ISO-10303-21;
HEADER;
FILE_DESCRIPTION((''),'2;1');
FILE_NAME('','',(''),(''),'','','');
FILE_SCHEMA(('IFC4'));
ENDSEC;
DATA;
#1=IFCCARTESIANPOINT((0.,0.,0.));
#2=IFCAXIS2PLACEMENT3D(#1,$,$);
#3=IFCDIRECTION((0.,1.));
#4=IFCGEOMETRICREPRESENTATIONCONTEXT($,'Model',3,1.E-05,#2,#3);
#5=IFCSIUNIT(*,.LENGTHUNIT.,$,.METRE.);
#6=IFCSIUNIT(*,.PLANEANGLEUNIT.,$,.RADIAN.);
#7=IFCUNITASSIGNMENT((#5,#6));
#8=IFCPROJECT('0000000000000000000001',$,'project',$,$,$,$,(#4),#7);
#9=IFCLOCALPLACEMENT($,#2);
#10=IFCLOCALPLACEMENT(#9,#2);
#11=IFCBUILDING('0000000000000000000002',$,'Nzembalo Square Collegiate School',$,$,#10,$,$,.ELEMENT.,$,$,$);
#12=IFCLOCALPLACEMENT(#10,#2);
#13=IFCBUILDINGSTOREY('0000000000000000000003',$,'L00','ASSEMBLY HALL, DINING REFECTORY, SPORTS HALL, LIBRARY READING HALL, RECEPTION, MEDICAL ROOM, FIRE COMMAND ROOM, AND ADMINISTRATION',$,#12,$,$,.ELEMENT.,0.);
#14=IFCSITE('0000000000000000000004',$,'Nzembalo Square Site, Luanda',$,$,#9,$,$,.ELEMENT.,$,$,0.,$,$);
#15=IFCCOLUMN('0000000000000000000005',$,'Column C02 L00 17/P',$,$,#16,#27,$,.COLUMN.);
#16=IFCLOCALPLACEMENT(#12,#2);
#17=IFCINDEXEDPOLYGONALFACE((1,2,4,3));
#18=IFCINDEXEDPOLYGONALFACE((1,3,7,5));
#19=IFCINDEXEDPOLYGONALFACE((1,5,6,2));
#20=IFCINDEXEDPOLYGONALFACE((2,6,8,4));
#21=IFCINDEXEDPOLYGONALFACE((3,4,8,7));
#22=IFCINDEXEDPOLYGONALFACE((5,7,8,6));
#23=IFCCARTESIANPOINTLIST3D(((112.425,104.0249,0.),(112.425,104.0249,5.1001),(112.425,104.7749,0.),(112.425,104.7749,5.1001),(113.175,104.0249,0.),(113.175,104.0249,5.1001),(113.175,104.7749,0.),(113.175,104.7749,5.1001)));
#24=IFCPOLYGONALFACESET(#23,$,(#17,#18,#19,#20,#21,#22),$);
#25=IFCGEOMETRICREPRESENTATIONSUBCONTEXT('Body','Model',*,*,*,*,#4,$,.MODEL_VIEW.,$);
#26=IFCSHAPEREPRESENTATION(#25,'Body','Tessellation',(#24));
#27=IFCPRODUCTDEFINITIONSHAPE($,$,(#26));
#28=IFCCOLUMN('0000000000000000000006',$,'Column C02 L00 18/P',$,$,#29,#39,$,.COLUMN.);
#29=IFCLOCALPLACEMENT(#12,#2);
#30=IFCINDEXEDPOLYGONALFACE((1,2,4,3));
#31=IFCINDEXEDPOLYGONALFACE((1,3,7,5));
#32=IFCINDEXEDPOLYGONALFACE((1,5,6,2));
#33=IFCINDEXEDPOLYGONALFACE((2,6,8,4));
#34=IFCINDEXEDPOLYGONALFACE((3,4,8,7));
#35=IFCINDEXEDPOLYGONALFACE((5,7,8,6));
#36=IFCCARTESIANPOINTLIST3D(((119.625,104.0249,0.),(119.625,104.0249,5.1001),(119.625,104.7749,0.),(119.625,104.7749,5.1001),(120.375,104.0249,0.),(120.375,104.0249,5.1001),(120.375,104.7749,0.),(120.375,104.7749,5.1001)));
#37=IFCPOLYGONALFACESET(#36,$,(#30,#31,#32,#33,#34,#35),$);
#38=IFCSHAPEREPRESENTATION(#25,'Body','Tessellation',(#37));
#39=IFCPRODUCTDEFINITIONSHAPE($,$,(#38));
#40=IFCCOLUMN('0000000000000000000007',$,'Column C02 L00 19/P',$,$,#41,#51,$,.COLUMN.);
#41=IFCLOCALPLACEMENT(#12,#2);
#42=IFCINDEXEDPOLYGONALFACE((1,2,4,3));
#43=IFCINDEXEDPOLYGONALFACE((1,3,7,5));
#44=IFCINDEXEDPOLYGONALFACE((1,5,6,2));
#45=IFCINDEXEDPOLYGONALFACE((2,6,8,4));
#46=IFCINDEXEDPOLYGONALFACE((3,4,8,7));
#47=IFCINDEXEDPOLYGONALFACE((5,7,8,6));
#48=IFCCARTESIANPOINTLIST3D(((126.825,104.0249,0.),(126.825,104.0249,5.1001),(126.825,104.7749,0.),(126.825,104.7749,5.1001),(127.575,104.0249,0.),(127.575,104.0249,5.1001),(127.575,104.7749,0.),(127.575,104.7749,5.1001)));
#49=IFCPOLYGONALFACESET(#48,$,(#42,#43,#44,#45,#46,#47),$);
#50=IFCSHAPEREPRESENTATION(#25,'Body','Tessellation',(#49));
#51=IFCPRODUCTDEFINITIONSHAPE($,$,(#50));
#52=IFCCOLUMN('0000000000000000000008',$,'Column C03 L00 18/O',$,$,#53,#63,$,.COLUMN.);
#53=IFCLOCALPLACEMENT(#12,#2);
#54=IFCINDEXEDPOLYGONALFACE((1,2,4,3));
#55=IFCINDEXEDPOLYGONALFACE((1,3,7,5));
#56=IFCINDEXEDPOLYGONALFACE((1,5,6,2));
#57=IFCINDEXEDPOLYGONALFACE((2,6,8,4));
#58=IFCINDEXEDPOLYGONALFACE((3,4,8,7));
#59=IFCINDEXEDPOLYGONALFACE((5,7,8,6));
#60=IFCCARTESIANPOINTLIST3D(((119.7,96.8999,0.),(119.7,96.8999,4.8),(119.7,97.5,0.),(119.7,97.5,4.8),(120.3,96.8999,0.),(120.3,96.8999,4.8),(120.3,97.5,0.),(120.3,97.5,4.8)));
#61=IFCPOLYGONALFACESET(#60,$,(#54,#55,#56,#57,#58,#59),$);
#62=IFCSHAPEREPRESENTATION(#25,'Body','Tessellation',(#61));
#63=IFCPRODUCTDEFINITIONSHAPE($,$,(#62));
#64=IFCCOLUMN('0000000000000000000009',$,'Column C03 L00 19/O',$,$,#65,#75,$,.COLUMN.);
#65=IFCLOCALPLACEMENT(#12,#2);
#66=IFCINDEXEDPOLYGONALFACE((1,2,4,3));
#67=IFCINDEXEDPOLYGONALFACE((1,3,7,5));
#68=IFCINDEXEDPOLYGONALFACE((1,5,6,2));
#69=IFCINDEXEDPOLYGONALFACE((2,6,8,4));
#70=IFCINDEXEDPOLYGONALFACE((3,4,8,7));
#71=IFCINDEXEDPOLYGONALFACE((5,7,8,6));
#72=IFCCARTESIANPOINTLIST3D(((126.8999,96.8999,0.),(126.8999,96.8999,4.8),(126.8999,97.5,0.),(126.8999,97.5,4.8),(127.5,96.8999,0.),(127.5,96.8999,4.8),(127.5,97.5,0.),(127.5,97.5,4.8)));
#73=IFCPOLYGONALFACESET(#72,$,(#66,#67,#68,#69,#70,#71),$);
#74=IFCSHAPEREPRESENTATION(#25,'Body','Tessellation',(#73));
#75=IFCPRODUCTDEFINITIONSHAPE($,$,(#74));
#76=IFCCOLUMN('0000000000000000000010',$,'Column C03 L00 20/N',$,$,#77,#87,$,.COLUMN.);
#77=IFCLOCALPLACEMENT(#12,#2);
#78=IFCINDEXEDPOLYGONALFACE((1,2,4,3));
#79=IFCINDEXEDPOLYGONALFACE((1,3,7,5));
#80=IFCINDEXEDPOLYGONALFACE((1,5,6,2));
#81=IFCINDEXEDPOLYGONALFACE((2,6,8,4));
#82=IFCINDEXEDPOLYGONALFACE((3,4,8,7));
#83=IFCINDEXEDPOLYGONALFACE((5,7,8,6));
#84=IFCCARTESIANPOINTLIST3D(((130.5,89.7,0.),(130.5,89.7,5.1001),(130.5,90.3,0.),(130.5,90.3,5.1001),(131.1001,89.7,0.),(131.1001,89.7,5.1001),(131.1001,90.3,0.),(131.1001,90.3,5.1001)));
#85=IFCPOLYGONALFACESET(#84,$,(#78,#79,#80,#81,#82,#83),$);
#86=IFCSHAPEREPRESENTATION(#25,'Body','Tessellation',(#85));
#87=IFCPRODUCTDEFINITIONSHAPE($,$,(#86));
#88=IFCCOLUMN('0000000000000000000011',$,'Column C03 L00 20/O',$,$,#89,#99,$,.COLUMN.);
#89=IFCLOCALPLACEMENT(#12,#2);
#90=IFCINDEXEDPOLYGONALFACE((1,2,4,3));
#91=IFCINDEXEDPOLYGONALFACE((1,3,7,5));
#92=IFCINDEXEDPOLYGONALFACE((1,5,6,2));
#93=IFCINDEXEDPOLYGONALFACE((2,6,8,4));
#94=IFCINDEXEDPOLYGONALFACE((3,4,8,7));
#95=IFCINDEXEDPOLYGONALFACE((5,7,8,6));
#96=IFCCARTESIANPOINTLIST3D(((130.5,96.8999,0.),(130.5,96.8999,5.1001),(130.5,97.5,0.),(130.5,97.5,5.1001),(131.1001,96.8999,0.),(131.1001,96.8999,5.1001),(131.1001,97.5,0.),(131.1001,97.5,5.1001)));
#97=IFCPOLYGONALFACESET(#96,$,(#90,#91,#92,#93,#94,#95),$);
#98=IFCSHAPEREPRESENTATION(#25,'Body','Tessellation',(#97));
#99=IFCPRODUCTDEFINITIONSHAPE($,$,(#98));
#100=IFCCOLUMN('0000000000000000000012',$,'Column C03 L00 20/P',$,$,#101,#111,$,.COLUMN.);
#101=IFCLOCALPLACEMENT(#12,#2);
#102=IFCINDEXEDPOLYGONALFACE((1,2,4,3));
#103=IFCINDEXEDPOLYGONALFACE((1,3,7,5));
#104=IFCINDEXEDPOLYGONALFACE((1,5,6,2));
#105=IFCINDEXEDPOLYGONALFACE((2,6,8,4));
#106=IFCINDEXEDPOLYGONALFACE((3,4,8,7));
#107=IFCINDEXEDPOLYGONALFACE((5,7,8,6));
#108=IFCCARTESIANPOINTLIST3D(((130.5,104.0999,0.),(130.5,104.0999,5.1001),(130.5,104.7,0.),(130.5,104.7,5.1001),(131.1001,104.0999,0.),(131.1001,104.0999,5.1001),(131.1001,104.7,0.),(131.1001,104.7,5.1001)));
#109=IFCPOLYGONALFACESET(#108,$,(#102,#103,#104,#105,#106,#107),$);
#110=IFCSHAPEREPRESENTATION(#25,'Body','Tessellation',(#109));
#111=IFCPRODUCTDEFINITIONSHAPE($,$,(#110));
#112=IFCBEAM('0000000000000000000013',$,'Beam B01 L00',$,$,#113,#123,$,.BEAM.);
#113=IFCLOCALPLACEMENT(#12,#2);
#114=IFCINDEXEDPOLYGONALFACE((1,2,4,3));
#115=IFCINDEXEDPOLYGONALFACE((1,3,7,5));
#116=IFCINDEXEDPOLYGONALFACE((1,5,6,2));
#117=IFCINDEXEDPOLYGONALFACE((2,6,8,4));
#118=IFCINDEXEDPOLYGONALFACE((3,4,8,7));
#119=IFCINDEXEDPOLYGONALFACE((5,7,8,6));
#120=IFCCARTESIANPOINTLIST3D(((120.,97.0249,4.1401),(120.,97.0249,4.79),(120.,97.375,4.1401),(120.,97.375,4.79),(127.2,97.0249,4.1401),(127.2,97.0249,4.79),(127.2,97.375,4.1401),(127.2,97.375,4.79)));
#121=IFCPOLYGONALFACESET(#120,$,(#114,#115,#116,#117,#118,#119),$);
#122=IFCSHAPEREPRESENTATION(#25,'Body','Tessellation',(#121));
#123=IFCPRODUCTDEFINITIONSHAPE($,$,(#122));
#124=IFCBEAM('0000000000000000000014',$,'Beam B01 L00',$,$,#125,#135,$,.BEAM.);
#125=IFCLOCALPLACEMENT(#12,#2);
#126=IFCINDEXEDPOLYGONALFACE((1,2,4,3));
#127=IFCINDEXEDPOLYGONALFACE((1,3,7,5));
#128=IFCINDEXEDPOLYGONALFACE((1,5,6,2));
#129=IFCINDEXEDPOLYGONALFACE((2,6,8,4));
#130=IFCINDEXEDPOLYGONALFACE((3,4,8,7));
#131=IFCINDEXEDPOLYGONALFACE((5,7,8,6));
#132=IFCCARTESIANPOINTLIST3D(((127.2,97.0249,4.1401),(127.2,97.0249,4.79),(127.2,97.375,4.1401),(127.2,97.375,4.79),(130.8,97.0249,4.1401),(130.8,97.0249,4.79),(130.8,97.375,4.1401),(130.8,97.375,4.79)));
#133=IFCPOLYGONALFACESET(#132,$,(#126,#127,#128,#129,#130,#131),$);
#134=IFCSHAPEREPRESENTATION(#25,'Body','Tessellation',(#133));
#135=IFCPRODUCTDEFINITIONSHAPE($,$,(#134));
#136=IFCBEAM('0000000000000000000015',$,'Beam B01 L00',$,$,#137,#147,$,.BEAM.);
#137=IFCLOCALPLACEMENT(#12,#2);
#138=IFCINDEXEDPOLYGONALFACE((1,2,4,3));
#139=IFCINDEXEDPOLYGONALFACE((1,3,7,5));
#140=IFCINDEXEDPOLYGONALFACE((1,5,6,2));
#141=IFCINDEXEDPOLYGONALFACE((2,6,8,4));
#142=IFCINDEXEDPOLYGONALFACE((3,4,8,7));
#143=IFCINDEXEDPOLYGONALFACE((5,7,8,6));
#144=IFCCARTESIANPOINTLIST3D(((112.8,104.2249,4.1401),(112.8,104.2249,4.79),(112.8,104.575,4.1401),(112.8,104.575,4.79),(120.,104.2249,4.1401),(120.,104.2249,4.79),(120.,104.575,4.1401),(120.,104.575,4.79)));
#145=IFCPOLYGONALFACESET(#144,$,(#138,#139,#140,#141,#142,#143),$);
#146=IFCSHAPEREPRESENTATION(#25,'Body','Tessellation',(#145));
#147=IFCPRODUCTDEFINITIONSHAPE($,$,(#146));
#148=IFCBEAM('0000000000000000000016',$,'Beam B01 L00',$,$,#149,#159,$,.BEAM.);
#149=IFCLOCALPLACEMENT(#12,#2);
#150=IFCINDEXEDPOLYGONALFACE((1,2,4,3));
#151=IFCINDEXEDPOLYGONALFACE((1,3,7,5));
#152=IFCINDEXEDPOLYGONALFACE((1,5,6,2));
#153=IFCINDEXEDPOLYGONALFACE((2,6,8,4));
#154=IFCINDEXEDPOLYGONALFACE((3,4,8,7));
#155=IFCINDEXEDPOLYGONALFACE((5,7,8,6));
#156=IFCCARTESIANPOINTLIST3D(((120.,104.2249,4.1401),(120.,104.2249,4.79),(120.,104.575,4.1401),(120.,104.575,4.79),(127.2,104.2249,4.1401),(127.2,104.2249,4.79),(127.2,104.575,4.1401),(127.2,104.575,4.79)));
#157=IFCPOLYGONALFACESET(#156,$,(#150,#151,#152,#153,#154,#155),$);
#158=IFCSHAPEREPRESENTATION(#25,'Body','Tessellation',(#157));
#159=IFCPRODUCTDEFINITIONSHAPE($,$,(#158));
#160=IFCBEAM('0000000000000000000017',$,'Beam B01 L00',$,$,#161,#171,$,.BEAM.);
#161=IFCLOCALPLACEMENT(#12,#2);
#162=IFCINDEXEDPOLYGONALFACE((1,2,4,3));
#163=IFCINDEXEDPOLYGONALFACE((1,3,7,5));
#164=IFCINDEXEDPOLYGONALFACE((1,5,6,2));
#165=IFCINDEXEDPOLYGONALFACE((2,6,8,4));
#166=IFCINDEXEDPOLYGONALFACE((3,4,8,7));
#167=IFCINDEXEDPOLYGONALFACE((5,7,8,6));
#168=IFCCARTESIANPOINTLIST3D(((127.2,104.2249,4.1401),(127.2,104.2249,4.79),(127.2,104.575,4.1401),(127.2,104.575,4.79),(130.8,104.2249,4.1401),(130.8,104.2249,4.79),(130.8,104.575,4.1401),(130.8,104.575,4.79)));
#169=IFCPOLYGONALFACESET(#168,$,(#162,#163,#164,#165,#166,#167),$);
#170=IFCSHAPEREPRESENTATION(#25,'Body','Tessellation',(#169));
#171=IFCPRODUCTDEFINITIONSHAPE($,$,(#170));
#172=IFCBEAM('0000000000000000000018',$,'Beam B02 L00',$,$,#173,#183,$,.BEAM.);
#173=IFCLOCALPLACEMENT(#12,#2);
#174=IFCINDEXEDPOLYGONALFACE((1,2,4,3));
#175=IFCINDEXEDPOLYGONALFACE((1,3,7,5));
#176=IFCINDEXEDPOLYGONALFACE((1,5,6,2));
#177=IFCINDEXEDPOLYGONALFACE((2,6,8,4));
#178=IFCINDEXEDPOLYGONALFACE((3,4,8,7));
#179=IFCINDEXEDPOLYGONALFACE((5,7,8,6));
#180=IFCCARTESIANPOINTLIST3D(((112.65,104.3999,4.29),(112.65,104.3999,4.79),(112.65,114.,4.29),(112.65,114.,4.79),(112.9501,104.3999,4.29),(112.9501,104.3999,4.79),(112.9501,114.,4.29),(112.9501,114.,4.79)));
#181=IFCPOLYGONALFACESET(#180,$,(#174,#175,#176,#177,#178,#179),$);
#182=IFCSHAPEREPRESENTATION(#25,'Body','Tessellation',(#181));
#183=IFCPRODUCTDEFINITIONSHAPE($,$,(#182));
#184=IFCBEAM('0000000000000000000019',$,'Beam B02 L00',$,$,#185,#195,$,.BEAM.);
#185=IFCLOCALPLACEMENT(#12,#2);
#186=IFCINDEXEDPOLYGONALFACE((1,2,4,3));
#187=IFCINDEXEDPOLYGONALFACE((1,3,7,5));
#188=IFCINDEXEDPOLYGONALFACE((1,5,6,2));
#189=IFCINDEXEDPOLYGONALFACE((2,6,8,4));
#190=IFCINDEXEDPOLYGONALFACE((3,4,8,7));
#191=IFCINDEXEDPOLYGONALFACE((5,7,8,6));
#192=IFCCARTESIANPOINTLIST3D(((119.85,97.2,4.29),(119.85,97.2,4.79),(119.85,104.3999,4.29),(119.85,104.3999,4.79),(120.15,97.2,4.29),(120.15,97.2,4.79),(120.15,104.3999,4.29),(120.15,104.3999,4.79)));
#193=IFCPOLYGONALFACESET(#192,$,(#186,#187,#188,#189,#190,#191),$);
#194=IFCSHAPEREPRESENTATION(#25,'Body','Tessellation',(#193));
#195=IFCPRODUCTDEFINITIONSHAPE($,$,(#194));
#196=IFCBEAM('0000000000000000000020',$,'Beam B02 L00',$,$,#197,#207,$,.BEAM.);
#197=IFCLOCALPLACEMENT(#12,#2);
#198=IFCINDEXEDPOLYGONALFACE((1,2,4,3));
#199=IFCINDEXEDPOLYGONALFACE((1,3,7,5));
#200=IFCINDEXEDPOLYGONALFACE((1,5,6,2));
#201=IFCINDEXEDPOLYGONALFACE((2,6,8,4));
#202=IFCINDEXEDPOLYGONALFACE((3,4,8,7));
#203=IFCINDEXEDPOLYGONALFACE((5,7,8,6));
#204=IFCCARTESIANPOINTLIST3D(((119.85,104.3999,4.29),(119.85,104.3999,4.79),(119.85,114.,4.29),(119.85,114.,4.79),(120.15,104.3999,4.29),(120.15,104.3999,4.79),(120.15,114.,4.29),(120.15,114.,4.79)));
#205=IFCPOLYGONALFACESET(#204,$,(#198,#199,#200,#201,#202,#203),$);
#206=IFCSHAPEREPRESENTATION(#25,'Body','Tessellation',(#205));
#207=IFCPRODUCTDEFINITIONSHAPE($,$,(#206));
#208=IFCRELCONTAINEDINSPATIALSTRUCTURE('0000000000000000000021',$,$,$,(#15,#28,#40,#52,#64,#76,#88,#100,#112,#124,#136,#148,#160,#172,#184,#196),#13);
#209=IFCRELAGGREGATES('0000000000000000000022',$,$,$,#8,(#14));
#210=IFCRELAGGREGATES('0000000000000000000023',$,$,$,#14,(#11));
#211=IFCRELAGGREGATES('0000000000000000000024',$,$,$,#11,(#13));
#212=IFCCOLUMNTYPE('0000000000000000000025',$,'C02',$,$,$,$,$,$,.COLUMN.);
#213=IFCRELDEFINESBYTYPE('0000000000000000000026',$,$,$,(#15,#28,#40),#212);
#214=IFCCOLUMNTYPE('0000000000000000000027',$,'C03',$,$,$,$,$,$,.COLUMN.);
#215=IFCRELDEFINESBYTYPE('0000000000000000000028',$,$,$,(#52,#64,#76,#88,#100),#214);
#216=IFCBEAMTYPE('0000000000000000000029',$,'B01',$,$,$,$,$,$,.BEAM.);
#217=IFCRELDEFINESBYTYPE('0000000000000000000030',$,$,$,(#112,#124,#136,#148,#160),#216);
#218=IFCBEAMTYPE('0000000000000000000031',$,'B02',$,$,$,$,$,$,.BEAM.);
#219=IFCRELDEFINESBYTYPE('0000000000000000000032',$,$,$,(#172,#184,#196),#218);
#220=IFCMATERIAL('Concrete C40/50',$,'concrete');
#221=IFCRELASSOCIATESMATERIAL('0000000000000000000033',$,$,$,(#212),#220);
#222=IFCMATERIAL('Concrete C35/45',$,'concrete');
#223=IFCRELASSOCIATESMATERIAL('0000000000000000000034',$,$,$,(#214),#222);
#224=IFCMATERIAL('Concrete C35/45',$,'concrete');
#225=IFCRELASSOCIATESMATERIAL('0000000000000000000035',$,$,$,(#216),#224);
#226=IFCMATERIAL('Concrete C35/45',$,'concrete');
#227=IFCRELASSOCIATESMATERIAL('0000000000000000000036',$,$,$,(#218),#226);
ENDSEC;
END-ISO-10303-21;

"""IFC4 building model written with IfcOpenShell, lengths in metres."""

from ifc_helpers import new_model, si_unit, direction, frame, origin, origin_2d, place, context, subcontext, project, spatial, rectangle, extrude, material, material_profile, profile_set, type_object, element, save


model = new_model("IFC4")

# Units and contexts
model_context = context("Model", 3, precision=1e-05, world=origin(), true_north=direction((0.0, 1.0)))
body_context = subcontext(model_context, "Body", "Model", "MODEL_VIEW")
ifc_project = project(units=[si_unit("LENGTHUNIT", "METRE"), si_unit("PLANEANGLEUNIT", "RADIAN")], contexts=[model_context])

# Site, building, storey
site_placement = place(None, origin())
site = spatial("IfcSite", under=ifc_project, at=site_placement, Name="Nzembalo Square Site, Luanda", CompositionType="ELEMENT", RefElevation=0.0)
building_placement = place(site_placement, origin())
building = spatial("IfcBuilding", under=site, at=building_placement, Name="Nzembalo Square Collegiate School", CompositionType="ELEMENT")
storey_placement = place(building_placement, origin())
storey = spatial("IfcBuildingStorey", under=building, at=storey_placement, Name="L00", Description="ASSEMBLY HALL, DINING REFECTORY, SPORTS HALL, LIBRARY READING HALL, RECEPTION, MEDICAL ROOM, FIRE COMMAND ROOM, AND ADMINISTRATION", CompositionType="ELEMENT", Elevation=0.0)

# Columns
ifc_material_1 = material(Name="Concrete C40/50", Category="concrete")
ifc_material_profile_1 = material_profile(ifc_material_1, rectangle(XDim=0.75, YDim=0.75, at=origin_2d()), Name="RC 750x750")
ifc_profile_set_1 = profile_set([ifc_material_profile_1], Name="Concrete C40/50")
column_type_1 = type_object("IfcColumnType", Name="C02", PredefinedType="COLUMN", material=ifc_profile_set_1)
for number, where, z_axis, x_axis, name in (
    (1, (112.8, 104.3999, 0.0), (0.0, 0.0, 1.0), (1.0, 0.0, 0.0), "Column C02 L00 17/P"),
    (2, (120.0, 104.3999, 0.0), (0.0, 0.0, 1.0), (1.0, 0.0, 0.0), "Column C02 L00 18/P"),
    (3, (127.2, 104.3999, 0.0), (0.0, 0.0, 1.0), (1.0, 0.0, 0.0), "Column C02 L00 19/P"),
):
    element("IfcColumn", number, at=place(storey_placement, frame(where, z_axis=z_axis, x_axis=x_axis)), inside=storey, type_object=column_type_1, Name=name, PredefinedType="COLUMN", context=body_context, shape_type="SweptSolid", body=[
        extrude(rectangle(XDim=0.75, YDim=0.75, at=origin_2d()), origin(), (0.0, 0.0, 1.0), 5.1001),
    ])
ifc_material_2 = material(Name="Concrete C35/45", Category="concrete")
ifc_material_profile_2 = material_profile(ifc_material_2, rectangle(XDim=0.6001, YDim=0.6001, at=origin_2d()), Name="RC 600x600")
ifc_profile_set_2 = profile_set([ifc_material_profile_2], Name="Concrete C35/45")
column_type_2 = type_object("IfcColumnType", Name="C03", PredefinedType="COLUMN", material=ifc_profile_set_2)
for number, where, z_axis, x_axis, name in (
    (4, (120.0, 97.2, 0.0), (0.0, 0.0, 1.0), (1.0, 0.0, 0.0), "Column C03 L00 18/O"),
    (5, (127.2, 97.2, 0.0), (0.0, 0.0, 1.0), (1.0, 0.0, 0.0), "Column C03 L00 19/O"),
):
    element("IfcColumn", number, at=place(storey_placement, frame(where, z_axis=z_axis, x_axis=x_axis)), inside=storey, type_object=column_type_2, Name=name, PredefinedType="COLUMN", context=body_context, shape_type="SweptSolid", body=[
        extrude(rectangle(XDim=0.6001, YDim=0.6001, at=origin_2d()), origin(), (0.0, 0.0, 1.0), 4.8),
    ])
for number, where, z_axis, x_axis, name in (
    (6, (130.8, 90.0, 0.0), (0.0, 0.0, 1.0), (1.0, 0.0, 0.0), "Column C03 L00 20/N"),
    (7, (130.8, 97.2, 0.0), (0.0, 0.0, 1.0), (1.0, 0.0, 0.0), "Column C03 L00 20/O"),
    (8, (130.8, 104.3999, 0.0), (0.0, 0.0, 1.0), (1.0, 0.0, 0.0), "Column C03 L00 20/P"),
):
    element("IfcColumn", number, at=place(storey_placement, frame(where, z_axis=z_axis, x_axis=x_axis)), inside=storey, type_object=column_type_2, Name=name, PredefinedType="COLUMN", context=body_context, shape_type="SweptSolid", body=[
        extrude(rectangle(XDim=0.6001, YDim=0.6001, at=origin_2d()), origin(), (0.0, 0.0, 1.0), 5.1001),
    ])

# Beams
ifc_material_3 = material(Name="Concrete C35/45", Category="concrete")
ifc_material_profile_3 = material_profile(ifc_material_3, rectangle(XDim=0.3501, YDim=0.6499, at=origin_2d()), Name="RC 350x650")
ifc_profile_set_3 = profile_set([ifc_material_profile_3], Name="Concrete C35/45")
beam_type_1 = type_object("IfcBeamType", Name="B01", PredefinedType="BEAM", material=ifc_profile_set_3)
beam_1_placement = place(storey_placement, frame((120.0, 97.2, 4.4651), z_axis=(1.0, 0.0, 0.0), x_axis=(0.0, 1.0, 0.0)))
element("IfcBeam", 9, at=beam_1_placement, inside=storey, type_object=beam_type_1, Name="Beam B01 L00", PredefinedType="BEAM", context=body_context, shape_type="SweptSolid", body=[
    extrude(rectangle(XDim=0.3501, YDim=0.6499, at=origin_2d()), origin(), (0.0, 0.0, 1.0), 7.2),
])
beam_2_placement = place(storey_placement, frame((127.2, 97.2, 4.4651), z_axis=(1.0, 0.0, 0.0), x_axis=(0.0, 1.0, 0.0)))
element("IfcBeam", 10, at=beam_2_placement, inside=storey, type_object=beam_type_1, Name="Beam B01 L00", PredefinedType="BEAM", context=body_context, shape_type="SweptSolid", body=[
    extrude(rectangle(XDim=0.3501, YDim=0.6499, at=origin_2d()), origin(), (0.0, 0.0, 1.0), 3.6001),
])
for number, where, z_axis, x_axis, name in (
    (11, (112.8, 104.3999, 4.4651), (1.0, 0.0, 0.0), (0.0, 1.0, 0.0), "Beam B01 L00"),
    (12, (120.0, 104.3999, 4.4651), (1.0, 0.0, 0.0), (0.0, 1.0, 0.0), "Beam B01 L00"),
):
    element("IfcBeam", number, at=place(storey_placement, frame(where, z_axis=z_axis, x_axis=x_axis)), inside=storey, type_object=beam_type_1, Name=name, PredefinedType="BEAM", context=body_context, shape_type="SweptSolid", body=[
        extrude(rectangle(XDim=0.3501, YDim=0.6499, at=origin_2d()), origin(), (0.0, 0.0, 1.0), 7.2),
    ])
beam_3_placement = place(storey_placement, frame((127.2, 104.3999, 4.4651), z_axis=(1.0, 0.0, 0.0), x_axis=(0.0, 1.0, 0.0)))
element("IfcBeam", 13, at=beam_3_placement, inside=storey, type_object=beam_type_1, Name="Beam B01 L00", PredefinedType="BEAM", context=body_context, shape_type="SweptSolid", body=[
    extrude(rectangle(XDim=0.3501, YDim=0.6499, at=origin_2d()), origin(), (0.0, 0.0, 1.0), 3.6001),
])
ifc_material_4 = material(Name="Concrete C35/45", Category="concrete")
ifc_material_profile_4 = material_profile(ifc_material_4, rectangle(XDim=0.3, YDim=0.5, at=origin_2d()), Name="RC 300x500")
ifc_profile_set_4 = profile_set([ifc_material_profile_4], Name="Concrete C35/45")
beam_type_2 = type_object("IfcBeamType", Name="B02", PredefinedType="BEAM", material=ifc_profile_set_4)
beam_4_placement = place(storey_placement, frame((112.8, 104.3999, 4.54), z_axis=(0.0, 1.0, 0.0), x_axis=(-1.0, 0.0, 0.0)))
element("IfcBeam", 14, at=beam_4_placement, inside=storey, type_object=beam_type_2, Name="Beam B02 L00", PredefinedType="BEAM", context=body_context, shape_type="SweptSolid", body=[
    extrude(rectangle(XDim=0.3, YDim=0.5, at=origin_2d()), origin(), (0.0, 0.0, 1.0), 9.6001),
])
beam_5_placement = place(storey_placement, frame((120.0, 97.2, 4.54), z_axis=(0.0, 1.0, 0.0), x_axis=(-1.0, 0.0, 0.0)))
element("IfcBeam", 15, at=beam_5_placement, inside=storey, type_object=beam_type_2, Name="Beam B02 L00", PredefinedType="BEAM", context=body_context, shape_type="SweptSolid", body=[
    extrude(rectangle(XDim=0.3, YDim=0.5, at=origin_2d()), origin(), (0.0, 0.0, 1.0), 7.2),
])
beam_6_placement = place(storey_placement, frame((120.0, 104.3999, 4.54), z_axis=(0.0, 1.0, 0.0), x_axis=(-1.0, 0.0, 0.0)))
element("IfcBeam", 16, at=beam_6_placement, inside=storey, type_object=beam_type_2, Name="Beam B02 L00", PredefinedType="BEAM", context=body_context, shape_type="SweptSolid", body=[
    extrude(rectangle(XDim=0.3, YDim=0.5, at=origin_2d()), origin(), (0.0, 0.0, 1.0), 9.6001),
])

save(model, "model.ifc")
